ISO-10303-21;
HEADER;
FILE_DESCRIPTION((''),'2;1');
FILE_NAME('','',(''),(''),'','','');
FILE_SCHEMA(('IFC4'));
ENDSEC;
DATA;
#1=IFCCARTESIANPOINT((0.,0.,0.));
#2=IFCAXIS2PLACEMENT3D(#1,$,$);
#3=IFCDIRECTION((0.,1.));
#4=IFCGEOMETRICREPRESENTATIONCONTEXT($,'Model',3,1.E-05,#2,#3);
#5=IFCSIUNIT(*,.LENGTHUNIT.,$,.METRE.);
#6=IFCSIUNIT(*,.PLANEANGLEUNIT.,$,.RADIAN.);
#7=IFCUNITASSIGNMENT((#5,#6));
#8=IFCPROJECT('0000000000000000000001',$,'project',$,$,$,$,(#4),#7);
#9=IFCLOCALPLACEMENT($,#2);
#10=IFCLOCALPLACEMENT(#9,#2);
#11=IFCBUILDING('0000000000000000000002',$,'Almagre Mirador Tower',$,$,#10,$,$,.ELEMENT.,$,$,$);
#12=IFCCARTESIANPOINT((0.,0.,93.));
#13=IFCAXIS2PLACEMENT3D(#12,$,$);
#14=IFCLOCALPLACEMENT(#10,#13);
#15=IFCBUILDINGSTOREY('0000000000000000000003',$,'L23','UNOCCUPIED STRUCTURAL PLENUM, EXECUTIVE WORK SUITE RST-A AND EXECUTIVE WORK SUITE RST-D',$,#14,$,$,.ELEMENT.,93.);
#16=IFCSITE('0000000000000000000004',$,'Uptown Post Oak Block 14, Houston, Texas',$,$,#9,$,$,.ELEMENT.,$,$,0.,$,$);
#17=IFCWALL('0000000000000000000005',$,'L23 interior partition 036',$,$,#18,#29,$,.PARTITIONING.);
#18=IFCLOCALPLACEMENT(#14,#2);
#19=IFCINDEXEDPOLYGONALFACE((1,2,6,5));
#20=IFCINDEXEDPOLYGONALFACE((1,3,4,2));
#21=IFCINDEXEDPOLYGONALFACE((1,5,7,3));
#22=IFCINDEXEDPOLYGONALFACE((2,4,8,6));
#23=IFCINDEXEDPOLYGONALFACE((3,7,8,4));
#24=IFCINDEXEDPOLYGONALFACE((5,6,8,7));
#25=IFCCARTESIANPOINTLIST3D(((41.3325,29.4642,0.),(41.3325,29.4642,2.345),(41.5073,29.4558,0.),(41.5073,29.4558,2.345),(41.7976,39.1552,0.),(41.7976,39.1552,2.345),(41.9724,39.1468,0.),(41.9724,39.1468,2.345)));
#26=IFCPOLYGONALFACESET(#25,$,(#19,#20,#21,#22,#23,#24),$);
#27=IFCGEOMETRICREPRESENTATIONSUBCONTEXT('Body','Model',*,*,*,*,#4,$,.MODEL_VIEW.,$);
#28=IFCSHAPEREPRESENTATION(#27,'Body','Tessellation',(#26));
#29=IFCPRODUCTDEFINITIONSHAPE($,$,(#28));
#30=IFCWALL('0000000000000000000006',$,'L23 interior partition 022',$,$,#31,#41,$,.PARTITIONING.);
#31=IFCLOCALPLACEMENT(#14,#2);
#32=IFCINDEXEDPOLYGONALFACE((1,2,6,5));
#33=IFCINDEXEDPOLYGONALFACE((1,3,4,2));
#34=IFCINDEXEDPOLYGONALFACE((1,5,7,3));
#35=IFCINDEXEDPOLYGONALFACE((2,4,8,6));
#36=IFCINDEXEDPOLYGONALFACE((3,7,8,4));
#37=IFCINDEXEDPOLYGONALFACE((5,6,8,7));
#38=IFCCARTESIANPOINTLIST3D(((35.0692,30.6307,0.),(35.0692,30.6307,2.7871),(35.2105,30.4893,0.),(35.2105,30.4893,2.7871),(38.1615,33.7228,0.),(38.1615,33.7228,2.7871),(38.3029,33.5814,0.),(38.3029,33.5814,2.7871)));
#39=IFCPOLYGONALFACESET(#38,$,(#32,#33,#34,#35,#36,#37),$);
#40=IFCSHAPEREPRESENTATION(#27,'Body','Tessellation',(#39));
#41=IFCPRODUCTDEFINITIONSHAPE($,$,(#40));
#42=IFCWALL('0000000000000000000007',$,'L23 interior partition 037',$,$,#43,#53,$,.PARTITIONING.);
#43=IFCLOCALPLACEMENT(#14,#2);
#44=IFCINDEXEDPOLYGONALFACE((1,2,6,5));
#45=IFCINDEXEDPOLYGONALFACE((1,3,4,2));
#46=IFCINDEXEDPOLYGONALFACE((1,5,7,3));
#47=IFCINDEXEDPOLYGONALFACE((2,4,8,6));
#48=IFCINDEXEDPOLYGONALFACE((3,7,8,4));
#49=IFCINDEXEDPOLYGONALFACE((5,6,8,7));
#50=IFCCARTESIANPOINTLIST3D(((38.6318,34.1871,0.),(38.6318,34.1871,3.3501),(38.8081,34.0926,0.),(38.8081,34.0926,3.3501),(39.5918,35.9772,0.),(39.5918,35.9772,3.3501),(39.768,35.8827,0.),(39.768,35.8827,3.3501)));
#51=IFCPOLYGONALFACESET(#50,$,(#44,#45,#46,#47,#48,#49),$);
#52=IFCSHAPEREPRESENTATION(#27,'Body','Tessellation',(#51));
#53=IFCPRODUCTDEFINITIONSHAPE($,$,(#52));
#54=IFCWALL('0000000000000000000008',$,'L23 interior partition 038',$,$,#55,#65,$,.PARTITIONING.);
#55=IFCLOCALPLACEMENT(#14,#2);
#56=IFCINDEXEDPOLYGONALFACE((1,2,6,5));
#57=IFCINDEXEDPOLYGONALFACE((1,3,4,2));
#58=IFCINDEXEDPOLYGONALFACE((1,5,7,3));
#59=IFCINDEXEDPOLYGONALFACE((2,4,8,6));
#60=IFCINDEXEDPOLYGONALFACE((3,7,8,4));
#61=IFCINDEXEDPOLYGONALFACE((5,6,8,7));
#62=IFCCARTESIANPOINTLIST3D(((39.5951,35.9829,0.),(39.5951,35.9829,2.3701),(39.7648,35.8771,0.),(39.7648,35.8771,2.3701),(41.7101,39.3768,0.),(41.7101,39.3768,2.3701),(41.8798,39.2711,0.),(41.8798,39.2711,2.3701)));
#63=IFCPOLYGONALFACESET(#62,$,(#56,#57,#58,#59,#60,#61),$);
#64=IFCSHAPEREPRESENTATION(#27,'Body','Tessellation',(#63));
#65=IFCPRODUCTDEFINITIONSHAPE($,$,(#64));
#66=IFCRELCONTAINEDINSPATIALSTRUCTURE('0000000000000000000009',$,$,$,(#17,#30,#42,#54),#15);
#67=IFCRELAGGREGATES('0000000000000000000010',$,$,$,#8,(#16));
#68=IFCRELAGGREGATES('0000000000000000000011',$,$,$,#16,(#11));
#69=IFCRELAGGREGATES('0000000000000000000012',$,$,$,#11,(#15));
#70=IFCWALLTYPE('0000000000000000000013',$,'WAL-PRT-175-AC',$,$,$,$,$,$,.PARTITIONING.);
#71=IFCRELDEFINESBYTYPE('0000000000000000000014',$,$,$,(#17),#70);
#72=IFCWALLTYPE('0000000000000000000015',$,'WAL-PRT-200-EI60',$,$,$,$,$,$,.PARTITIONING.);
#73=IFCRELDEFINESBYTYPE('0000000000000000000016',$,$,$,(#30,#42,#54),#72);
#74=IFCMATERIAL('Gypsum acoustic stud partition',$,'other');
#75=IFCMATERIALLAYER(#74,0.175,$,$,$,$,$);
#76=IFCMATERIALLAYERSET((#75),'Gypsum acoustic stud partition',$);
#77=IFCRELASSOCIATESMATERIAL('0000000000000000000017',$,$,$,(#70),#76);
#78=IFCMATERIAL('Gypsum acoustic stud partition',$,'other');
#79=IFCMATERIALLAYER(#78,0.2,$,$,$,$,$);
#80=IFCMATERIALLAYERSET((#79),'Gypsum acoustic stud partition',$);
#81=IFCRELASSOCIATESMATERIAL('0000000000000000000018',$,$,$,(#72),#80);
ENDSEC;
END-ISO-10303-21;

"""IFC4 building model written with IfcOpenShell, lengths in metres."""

from ifc_helpers import new_model, si_unit, direction, frame, frame_2d, origin, place, context, subcontext, project, spatial, rectangle, extrude, material, layer, layer_set, type_object, element, save


model = new_model("IFC4")

# Units and contexts
model_context = context("Model", 3, precision=1e-05, world=origin(), true_north=direction((0.0, 1.0)))
body_context = subcontext(model_context, "Body", "Model", "MODEL_VIEW")
ifc_project = project(units=[si_unit("LENGTHUNIT", "METRE"), si_unit("PLANEANGLEUNIT", "RADIAN")], contexts=[model_context])

# Site, building, storey
site_placement = place(None, origin())
site = spatial("IfcSite", under=ifc_project, at=site_placement, Name="Uptown Post Oak Block 14, Houston, Texas", CompositionType="ELEMENT", RefElevation=0.0)
building_placement = place(site_placement, origin())
building = spatial("IfcBuilding", under=site, at=building_placement, Name="Almagre Mirador Tower", CompositionType="ELEMENT")
storey_placement = place(building_placement, frame((0.0, 0.0, 93.0)))
storey = spatial("IfcBuildingStorey", under=building, at=storey_placement, Name="L23", Description="UNOCCUPIED STRUCTURAL PLENUM, EXECUTIVE WORK SUITE RST-A AND EXECUTIVE WORK SUITE RST-D", CompositionType="ELEMENT", Elevation=93.0)

# Walls
ifc_material_1 = material(Name="Gypsum acoustic stud partition", Category="other")
ifc_layer_1 = layer(ifc_material_1, 0.175)
ifc_layer_set_1 = layer_set([ifc_layer_1], Name="Gypsum acoustic stud partition")
wall_type_1 = type_object("IfcWallType", Name="WAL-PRT-175-AC", PredefinedType="PARTITIONING", material=ifc_layer_set_1)
wall_1_placement = place(storey_placement, frame((41.4199, 29.46, 0.0), z_axis=(0.0, 0.0, 1.0), x_axis=(0.047937, 0.99885, 0.0)))
element("IfcWall", 1, at=wall_1_placement, inside=storey, type_object=wall_type_1, Name="L23 interior partition 036", PredefinedType="PARTITIONING", context=body_context, shape_type="SweptSolid", body=[
    extrude(rectangle(XDim=9.7021, YDim=0.175, at=frame_2d((4.8511, 0.0))), origin(), (0.0, 0.0, 1.0), 2.345),
])
ifc_material_2 = material(Name="Gypsum acoustic stud partition", Category="other")
ifc_layer_2 = layer(ifc_material_2, 0.2)
ifc_layer_set_2 = layer_set([ifc_layer_2], Name="Gypsum acoustic stud partition")
wall_type_2 = type_object("IfcWallType", Name="WAL-PRT-200-EI60", PredefinedType="PARTITIONING", material=ifc_layer_set_2)
wall_2_placement = place(storey_placement, frame((38.2322, 33.6521, 0.0), z_axis=(0.0, 0.0, 1.0), x_axis=(-0.707135, -0.707079, 0.0)))
element("IfcWall", 2, at=wall_2_placement, inside=storey, type_object=wall_type_2, Name="L23 interior partition 022", PredefinedType="PARTITIONING", context=body_context, shape_type="SweptSolid", body=[
    extrude(rectangle(XDim=4.373, YDim=0.2, at=frame_2d((2.1865, 0.0))), origin(), (0.0, 0.0, 1.0), 2.7871),
])
wall_3_placement = place(storey_placement, frame((39.6799, 35.9299, 0.0), z_axis=(0.0, 0.0, 1.0), x_axis=(-0.472608, -0.881273, 0.0)))
element("IfcWall", 3, at=wall_3_placement, inside=storey, type_object=wall_type_2, Name="L23 interior partition 037", PredefinedType="PARTITIONING", context=body_context, shape_type="SweptSolid", body=[
    extrude(rectangle(XDim=2.0312, YDim=0.2, at=frame_2d((1.0156, 0.0))), origin(), (0.0, 0.0, 1.0), 3.3501),
])
wall_4_placement = place(storey_placement, frame((41.7949, 39.324, 0.0), z_axis=(0.0, 0.0, 1.0), x_axis=(-0.528868, -0.848704, 0.0)))
element("IfcWall", 4, at=wall_4_placement, inside=storey, type_object=wall_type_2, Name="L23 interior partition 038", PredefinedType="PARTITIONING", context=body_context, shape_type="SweptSolid", body=[
    extrude(rectangle(XDim=3.999, YDim=0.2, at=frame_2d((1.9995, 0.0))), origin(), (0.0, 0.0, 1.0), 2.3701),
])

save(model, "model.ifc")
